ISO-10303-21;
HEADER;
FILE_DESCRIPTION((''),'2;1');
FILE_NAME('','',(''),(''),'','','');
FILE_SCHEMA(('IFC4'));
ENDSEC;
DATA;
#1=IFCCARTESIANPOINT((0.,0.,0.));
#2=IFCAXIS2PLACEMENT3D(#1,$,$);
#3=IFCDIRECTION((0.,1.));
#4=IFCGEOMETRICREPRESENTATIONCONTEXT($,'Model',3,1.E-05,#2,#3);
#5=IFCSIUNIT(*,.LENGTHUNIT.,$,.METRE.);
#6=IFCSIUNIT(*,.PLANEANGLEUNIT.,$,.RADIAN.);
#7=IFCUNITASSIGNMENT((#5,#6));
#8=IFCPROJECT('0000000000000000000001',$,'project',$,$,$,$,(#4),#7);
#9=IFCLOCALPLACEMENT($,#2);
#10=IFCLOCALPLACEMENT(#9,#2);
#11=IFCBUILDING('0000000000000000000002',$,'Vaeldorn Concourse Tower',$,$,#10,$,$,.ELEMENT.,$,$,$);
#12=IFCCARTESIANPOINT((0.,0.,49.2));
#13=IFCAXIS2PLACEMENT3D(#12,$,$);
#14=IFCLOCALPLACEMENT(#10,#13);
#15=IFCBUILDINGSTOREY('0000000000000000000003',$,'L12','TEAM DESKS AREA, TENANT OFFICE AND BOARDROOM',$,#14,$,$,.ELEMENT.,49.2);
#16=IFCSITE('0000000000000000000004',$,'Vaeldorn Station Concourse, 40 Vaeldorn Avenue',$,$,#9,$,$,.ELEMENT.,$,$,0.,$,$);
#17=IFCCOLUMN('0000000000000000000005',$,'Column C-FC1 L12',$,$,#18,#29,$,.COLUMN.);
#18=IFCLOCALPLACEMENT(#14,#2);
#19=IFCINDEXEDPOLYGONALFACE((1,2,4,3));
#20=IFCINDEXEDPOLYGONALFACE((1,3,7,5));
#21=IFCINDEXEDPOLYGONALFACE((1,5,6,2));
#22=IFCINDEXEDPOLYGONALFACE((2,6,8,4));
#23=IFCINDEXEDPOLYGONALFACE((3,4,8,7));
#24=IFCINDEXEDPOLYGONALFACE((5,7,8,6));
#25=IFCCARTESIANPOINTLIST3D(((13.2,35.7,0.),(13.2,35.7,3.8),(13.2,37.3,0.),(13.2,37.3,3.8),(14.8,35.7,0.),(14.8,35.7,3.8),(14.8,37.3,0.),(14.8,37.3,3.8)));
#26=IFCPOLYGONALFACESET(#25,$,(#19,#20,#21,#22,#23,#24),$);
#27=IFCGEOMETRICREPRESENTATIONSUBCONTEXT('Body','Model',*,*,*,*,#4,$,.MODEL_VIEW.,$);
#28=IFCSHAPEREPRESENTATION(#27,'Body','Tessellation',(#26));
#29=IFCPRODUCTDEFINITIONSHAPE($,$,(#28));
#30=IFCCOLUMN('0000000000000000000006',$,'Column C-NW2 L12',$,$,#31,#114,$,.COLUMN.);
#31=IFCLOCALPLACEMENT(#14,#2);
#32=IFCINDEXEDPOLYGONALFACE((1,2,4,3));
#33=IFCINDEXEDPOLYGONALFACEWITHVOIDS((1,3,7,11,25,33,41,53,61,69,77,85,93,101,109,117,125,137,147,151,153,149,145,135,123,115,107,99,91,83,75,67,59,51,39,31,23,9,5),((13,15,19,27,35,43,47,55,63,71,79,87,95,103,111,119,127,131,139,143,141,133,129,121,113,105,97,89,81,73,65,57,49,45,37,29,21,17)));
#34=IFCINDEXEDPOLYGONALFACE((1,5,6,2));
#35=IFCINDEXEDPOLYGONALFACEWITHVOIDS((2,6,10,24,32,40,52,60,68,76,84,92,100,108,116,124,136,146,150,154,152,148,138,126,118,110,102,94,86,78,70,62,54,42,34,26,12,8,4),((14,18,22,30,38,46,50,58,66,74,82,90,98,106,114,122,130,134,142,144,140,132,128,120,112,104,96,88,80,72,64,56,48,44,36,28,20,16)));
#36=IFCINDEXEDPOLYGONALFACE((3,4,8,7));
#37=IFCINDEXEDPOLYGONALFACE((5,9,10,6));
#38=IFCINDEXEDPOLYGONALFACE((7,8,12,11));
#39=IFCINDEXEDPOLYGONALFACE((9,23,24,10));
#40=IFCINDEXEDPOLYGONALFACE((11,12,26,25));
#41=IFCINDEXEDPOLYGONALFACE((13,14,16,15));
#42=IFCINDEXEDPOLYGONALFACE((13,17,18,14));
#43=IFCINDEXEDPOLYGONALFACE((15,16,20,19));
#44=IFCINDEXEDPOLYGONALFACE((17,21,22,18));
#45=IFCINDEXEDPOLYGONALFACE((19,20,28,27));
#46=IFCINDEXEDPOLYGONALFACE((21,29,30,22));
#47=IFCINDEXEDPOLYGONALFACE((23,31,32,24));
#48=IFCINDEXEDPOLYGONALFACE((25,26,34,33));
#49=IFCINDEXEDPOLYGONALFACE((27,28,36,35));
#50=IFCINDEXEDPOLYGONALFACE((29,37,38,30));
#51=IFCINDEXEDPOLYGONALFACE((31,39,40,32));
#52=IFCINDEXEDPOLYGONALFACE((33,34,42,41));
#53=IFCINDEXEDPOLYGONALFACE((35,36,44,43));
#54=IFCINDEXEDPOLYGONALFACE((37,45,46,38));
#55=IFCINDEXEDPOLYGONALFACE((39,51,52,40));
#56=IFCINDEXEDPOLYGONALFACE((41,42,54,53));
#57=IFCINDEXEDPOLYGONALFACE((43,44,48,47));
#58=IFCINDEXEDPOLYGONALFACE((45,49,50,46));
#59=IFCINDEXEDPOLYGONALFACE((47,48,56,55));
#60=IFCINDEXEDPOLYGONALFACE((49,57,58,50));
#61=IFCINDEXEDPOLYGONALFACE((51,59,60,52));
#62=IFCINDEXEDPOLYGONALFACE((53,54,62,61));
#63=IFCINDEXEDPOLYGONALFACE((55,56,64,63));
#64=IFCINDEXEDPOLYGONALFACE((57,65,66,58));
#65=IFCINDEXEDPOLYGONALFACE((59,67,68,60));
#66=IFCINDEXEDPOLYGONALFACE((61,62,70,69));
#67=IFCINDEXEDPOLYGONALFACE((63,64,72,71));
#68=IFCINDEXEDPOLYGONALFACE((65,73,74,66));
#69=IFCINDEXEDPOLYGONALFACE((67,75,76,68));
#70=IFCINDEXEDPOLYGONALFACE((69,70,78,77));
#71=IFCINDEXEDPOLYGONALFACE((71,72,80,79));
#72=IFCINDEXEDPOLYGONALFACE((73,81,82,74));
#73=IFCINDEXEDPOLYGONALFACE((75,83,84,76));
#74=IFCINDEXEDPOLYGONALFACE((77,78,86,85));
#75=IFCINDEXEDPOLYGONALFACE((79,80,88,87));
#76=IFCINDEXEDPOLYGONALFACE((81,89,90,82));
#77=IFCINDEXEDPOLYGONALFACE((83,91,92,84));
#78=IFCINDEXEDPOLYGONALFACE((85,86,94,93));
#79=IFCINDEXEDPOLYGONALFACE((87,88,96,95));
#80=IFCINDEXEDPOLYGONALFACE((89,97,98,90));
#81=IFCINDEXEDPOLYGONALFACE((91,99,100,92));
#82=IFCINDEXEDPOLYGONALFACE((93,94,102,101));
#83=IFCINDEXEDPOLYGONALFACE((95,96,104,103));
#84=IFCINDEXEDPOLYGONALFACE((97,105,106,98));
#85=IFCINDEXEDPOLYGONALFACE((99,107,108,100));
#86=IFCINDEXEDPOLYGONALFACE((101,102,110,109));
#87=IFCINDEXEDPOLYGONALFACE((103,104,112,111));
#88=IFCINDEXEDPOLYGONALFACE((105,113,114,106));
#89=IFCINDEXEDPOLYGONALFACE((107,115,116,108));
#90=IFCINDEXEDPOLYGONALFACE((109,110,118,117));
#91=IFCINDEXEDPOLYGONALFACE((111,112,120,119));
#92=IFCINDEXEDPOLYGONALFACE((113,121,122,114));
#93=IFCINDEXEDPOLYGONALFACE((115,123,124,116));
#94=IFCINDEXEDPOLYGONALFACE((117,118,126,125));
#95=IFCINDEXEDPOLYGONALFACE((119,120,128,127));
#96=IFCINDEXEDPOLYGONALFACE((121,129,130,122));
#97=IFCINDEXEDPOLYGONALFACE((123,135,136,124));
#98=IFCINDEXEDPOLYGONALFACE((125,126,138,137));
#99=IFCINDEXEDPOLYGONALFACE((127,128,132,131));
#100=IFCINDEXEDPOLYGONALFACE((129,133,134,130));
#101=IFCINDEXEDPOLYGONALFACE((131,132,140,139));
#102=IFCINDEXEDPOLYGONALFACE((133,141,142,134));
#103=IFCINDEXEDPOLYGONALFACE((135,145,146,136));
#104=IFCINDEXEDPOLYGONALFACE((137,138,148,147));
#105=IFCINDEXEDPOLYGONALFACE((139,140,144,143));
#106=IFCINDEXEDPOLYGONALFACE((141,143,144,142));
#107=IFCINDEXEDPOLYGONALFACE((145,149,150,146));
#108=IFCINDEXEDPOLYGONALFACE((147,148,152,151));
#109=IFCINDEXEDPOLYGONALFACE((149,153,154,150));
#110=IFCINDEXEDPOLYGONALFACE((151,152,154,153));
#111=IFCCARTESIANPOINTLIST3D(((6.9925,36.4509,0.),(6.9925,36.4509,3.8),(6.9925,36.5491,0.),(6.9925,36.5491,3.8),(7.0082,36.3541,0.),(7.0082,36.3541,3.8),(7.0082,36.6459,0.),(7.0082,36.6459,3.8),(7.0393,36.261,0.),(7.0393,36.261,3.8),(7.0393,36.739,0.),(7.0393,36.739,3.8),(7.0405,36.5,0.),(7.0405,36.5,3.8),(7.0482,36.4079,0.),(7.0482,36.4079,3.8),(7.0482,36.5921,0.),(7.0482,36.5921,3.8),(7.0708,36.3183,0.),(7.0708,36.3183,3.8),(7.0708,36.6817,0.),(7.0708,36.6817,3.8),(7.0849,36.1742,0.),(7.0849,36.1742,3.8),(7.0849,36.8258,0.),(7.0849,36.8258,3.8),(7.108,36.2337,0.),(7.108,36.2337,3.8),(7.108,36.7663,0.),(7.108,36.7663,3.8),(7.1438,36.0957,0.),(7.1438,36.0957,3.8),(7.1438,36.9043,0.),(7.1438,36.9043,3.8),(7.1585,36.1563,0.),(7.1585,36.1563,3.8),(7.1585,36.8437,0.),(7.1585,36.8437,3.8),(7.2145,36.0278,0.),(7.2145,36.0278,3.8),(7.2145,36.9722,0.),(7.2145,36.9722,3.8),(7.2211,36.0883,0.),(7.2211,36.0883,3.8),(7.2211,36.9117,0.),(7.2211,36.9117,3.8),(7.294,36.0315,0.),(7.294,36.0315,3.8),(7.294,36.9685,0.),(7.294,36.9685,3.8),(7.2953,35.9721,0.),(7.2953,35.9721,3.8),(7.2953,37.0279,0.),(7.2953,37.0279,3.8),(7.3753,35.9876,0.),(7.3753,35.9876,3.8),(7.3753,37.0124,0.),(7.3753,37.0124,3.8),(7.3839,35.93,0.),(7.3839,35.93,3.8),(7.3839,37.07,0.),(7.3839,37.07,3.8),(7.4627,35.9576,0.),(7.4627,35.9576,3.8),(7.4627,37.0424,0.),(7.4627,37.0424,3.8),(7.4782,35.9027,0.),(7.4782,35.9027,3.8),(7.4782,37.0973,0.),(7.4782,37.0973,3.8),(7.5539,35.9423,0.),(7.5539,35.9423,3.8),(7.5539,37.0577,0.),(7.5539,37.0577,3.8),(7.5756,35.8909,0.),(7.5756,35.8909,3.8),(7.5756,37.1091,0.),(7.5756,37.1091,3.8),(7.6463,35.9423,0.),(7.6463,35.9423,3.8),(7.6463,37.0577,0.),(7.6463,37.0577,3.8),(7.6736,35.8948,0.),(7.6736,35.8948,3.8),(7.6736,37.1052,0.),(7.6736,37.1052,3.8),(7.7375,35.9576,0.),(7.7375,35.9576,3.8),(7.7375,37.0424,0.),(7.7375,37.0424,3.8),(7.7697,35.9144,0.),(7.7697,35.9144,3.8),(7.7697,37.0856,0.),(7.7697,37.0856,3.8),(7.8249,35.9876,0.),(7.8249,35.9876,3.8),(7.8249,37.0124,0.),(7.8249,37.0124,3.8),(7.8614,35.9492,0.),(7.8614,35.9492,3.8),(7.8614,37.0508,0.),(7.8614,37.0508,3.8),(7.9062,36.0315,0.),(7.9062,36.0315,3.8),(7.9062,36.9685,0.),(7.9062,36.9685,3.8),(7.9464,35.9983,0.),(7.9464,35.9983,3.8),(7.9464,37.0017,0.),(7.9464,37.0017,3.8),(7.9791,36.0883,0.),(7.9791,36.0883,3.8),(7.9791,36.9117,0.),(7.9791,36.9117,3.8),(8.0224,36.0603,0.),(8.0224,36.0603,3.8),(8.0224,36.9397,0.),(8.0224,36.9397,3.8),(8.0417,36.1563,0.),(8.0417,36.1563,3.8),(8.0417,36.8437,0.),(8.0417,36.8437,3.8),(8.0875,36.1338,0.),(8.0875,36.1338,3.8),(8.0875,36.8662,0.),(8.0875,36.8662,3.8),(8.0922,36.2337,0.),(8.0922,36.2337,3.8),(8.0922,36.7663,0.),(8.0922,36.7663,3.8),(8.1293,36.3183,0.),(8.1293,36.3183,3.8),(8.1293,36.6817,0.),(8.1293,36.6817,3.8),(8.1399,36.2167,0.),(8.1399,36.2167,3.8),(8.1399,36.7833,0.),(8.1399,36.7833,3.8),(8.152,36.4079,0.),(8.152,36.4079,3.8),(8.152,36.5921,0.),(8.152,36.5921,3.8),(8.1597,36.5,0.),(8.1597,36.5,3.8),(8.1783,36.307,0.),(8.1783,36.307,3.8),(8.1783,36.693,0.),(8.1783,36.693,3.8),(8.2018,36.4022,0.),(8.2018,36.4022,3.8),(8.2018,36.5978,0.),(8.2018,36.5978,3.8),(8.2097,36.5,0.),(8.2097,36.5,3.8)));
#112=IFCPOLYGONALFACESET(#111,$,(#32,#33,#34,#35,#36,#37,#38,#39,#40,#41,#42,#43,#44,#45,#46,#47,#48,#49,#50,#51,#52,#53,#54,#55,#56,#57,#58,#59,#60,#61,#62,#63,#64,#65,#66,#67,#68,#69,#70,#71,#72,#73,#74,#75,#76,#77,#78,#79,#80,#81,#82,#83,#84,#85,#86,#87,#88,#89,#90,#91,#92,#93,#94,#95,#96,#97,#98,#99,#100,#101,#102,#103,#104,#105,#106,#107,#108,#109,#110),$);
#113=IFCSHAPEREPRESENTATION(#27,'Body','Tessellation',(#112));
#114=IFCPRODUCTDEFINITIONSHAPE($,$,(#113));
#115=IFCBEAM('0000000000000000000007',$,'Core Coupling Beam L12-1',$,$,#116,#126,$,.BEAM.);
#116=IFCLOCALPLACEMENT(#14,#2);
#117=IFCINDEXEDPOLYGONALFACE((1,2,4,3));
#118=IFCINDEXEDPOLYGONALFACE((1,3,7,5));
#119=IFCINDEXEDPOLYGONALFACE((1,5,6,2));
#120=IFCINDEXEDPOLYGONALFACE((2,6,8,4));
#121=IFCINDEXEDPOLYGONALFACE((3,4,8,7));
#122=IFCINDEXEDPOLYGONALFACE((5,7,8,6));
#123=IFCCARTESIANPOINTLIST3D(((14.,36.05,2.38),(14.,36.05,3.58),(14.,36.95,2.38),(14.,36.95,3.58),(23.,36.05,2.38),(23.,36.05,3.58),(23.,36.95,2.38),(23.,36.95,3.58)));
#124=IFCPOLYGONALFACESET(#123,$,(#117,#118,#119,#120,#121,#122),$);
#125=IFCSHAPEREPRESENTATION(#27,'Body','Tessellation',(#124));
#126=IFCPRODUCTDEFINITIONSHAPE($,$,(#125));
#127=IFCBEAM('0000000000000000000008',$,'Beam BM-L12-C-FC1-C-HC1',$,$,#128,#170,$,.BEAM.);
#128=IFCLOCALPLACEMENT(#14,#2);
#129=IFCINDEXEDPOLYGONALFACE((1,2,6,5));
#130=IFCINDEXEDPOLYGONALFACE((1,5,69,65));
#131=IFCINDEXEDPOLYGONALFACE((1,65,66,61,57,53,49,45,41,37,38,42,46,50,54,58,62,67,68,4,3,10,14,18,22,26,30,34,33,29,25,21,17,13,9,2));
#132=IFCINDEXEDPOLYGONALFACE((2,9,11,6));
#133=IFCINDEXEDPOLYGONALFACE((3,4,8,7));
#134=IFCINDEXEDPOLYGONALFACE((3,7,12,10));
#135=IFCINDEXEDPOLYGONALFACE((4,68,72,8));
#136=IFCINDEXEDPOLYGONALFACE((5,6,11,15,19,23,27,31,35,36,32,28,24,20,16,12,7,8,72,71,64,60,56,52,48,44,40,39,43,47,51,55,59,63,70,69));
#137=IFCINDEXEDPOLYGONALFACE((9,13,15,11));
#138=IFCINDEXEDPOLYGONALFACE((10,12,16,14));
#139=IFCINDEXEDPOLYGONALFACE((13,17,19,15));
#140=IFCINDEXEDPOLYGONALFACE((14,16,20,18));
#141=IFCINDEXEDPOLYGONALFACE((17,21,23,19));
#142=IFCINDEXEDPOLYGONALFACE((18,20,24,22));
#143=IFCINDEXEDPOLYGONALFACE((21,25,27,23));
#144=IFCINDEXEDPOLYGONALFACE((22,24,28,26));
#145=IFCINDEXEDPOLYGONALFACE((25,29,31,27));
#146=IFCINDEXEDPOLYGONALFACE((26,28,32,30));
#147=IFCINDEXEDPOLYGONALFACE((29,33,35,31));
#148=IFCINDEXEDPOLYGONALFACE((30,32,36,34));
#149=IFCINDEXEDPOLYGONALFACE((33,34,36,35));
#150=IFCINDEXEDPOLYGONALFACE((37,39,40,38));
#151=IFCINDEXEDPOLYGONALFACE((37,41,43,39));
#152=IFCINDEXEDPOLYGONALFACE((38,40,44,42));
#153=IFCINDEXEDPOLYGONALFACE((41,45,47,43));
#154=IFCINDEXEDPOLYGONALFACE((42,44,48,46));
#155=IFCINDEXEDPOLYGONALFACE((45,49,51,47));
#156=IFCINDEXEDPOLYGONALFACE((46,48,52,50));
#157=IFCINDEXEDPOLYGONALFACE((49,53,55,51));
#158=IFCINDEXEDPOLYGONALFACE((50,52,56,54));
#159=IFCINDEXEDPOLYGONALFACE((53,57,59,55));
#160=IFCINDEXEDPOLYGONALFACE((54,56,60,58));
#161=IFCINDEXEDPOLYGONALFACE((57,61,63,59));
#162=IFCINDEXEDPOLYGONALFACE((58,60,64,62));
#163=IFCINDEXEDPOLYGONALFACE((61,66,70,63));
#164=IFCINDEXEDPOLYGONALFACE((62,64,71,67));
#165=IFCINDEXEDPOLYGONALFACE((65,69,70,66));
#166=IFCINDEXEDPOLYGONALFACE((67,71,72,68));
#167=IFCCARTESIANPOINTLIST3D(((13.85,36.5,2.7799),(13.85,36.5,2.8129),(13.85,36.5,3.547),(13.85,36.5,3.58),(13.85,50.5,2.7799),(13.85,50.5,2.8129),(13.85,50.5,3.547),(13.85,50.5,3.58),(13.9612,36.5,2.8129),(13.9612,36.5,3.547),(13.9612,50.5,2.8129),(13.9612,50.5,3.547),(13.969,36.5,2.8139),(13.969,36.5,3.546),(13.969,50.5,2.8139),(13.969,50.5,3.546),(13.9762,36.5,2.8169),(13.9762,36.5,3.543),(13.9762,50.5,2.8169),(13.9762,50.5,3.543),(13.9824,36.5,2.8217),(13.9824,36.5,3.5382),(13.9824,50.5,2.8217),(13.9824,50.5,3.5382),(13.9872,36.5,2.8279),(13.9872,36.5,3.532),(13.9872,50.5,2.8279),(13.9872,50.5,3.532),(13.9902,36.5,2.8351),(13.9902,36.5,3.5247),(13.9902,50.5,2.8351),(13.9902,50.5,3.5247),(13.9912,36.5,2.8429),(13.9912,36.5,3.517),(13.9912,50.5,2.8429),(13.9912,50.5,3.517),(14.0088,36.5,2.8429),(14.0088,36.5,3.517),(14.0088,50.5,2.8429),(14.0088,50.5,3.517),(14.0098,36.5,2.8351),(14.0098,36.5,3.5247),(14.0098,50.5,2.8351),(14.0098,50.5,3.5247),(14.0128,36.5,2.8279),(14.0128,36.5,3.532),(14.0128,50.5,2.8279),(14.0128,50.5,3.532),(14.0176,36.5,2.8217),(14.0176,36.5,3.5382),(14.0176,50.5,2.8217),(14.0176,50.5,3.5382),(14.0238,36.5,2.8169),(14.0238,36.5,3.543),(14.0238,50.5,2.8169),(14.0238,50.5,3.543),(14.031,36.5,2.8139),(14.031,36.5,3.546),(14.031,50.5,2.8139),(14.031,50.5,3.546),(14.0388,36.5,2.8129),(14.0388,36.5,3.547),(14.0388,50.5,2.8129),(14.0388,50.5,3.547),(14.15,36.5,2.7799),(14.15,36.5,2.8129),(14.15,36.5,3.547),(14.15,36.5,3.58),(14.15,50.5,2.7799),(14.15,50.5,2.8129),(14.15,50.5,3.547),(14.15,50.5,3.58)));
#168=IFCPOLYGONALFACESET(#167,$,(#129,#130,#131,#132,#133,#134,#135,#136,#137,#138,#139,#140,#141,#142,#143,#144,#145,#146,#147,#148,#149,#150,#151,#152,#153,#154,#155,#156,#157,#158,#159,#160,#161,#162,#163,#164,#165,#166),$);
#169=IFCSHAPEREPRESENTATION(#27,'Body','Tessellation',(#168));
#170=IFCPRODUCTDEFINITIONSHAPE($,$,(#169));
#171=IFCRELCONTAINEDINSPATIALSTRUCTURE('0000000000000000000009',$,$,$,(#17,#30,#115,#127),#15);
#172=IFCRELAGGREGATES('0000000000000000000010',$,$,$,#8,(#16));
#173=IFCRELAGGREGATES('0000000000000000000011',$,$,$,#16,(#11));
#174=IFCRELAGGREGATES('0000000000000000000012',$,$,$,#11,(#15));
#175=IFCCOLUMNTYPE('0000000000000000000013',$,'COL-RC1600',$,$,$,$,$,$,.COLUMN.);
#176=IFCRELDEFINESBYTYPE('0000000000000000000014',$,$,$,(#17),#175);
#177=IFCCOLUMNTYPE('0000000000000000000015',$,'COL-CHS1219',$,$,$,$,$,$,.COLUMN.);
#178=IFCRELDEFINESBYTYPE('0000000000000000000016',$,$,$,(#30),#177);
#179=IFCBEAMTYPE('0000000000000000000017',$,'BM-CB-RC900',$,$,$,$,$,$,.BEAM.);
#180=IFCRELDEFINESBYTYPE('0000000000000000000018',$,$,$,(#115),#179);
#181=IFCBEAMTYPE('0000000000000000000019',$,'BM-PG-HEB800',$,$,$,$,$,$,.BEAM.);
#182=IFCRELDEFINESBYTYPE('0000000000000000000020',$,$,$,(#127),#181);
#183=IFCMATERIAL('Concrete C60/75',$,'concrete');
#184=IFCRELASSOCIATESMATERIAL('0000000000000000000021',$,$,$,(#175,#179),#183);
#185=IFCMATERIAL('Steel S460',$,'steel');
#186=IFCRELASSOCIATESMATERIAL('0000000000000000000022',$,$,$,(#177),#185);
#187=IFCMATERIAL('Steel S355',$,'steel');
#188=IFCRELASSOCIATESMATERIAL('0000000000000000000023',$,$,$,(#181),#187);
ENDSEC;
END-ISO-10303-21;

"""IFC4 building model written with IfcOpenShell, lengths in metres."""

from ifc_helpers import new_model, si_unit, direction, frame, origin, origin_2d, place, context, subcontext, project, spatial, rectangle, hollow_circle, i_section, extrude, source, transform, mapped, material, material_profile, profile_set, type_object, element, save


model = new_model("IFC4")

# Units and contexts
model_context = context("Model", 3, precision=1e-05, world=origin(), true_north=direction((0.0, 1.0)))
body_context = subcontext(model_context, "Body", "Model", "MODEL_VIEW")
ifc_project = project(units=[si_unit("LENGTHUNIT", "METRE"), si_unit("PLANEANGLEUNIT", "RADIAN")], contexts=[model_context])

# Site, building, storey
site_placement = place(None, origin())
site = spatial("IfcSite", under=ifc_project, at=site_placement, Name="Vaeldorn Station Concourse, 40 Vaeldorn Avenue", CompositionType="ELEMENT", RefElevation=0.0)
building_placement = place(site_placement, origin())
building = spatial("IfcBuilding", under=site, at=building_placement, Name="Vaeldorn Concourse Tower", CompositionType="ELEMENT")
storey_placement = place(building_placement, frame((0.0, 0.0, 49.2)))
storey = spatial("IfcBuildingStorey", under=building, at=storey_placement, Name="L12", Description="TEAM DESKS AREA, TENANT OFFICE AND BOARDROOM", CompositionType="ELEMENT", Elevation=49.2)

# Columns
ifc_material_1 = material(Name="Concrete C60/75", Category="concrete")
ifc_material_profile_1 = material_profile(ifc_material_1, rectangle(XDim=1.6001, YDim=1.6001, at=origin_2d()), Name="RC 1600x1600")
ifc_profile_set_1 = profile_set([ifc_material_profile_1], Name="Concrete C60/75")
column_type_1 = type_object("IfcColumnType", Name="COL-RC1600", PredefinedType="COLUMN", material=ifc_profile_set_1)
shared_shape_1 = source(origin(), body_context, "Body", "SweptSolid", [
    extrude(rectangle(XDim=1.6001, YDim=1.6001, at=origin_2d()), origin(), (0.0, 0.0, 1.0), 3.8),
])
column_1_placement = place(storey_placement, frame((14.0, 36.5, 0.0), z_axis=(0.0, 0.0, 1.0), x_axis=(1.0, 0.0, 0.0)))
element("IfcColumn", 1, at=column_1_placement, inside=storey, type_object=column_type_1, Name="Column C-FC1 L12", PredefinedType="COLUMN", context=body_context, shape_type="MappedRepresentation", body=[
    mapped(shared_shape_1, transform((0.0, 0.0, 0.0), scale=1.0)),
])
ifc_material_2 = material(Name="Steel S460", Category="steel")
ifc_material_profile_2 = material_profile(ifc_material_2, hollow_circle(Radius=0.6096, WallThickness=0.05, at=origin_2d()), Name="CHS 1219x50")
ifc_profile_set_2 = profile_set([ifc_material_profile_2], Name="Steel S460")
column_type_2 = type_object("IfcColumnType", Name="COL-CHS1219", PredefinedType="COLUMN", material=ifc_profile_set_2)
shared_shape_2 = source(origin(), body_context, "Body", "SweptSolid", [
    extrude(hollow_circle(Radius=0.6096, WallThickness=0.05, at=origin_2d()), origin(), (0.0, 0.0, 1.0), 3.8),
])
column_2_placement = place(storey_placement, frame((7.6001, 36.5, 0.0), z_axis=(0.0, 0.0, 1.0), x_axis=(1.0, 0.0, 0.0)))
element("IfcColumn", 2, at=column_2_placement, inside=storey, type_object=column_type_2, Name="Column C-NW2 L12", PredefinedType="COLUMN", context=body_context, shape_type="MappedRepresentation", body=[
    mapped(shared_shape_2, transform((0.0, 0.0, 0.0), scale=1.0)),
])

# Beams
ifc_material_profile_3 = material_profile(ifc_material_1, rectangle(XDim=0.8999, YDim=1.2, at=origin_2d()), Name="RC 900x1200")
ifc_profile_set_3 = profile_set([ifc_material_profile_3], Name="Concrete C60/75")
beam_type_1 = type_object("IfcBeamType", Name="BM-CB-RC900", PredefinedType="BEAM", material=ifc_profile_set_3)
shared_shape_3 = source(origin(), body_context, "Body", "SweptSolid", [
    extrude(rectangle(XDim=0.8999, YDim=1.2, at=origin_2d()), origin(), (0.0, 0.0, 1.0), 9.0),
])
beam_1_placement = place(storey_placement, frame((14.0, 36.5, 2.98), z_axis=(1.0, 0.0, 0.0), x_axis=(0.0, 1.0, 0.0)))
element("IfcBeam", 3, at=beam_1_placement, inside=storey, type_object=beam_type_1, Name="Core Coupling Beam L12-1", PredefinedType="BEAM", context=body_context, shape_type="MappedRepresentation", body=[
    mapped(shared_shape_3, transform((0.0, 0.0, 0.0), scale=1.0)),
])
ifc_material_3 = material(Name="Steel S355", Category="steel")
ifc_material_profile_4 = material_profile(ifc_material_3, i_section(OverallWidth=0.3, OverallDepth=0.8, WebThickness=0.0176, FlangeThickness=0.033, FilletRadius=0.03, at=origin_2d()), Name="HEB 800")
ifc_profile_set_4 = profile_set([ifc_material_profile_4], Name="Steel S355")
beam_type_2 = type_object("IfcBeamType", Name="BM-PG-HEB800", PredefinedType="BEAM", material=ifc_profile_set_4)
shared_shape_4 = source(origin(), body_context, "Body", "SweptSolid", [
    extrude(i_section(OverallWidth=0.3, OverallDepth=0.8, WebThickness=0.0176, FlangeThickness=0.033, FilletRadius=0.03, at=origin_2d()), origin(), (0.0, 0.0, 1.0), 14.0),
])
beam_2_placement = place(storey_placement, frame((14.0, 36.5, 3.1799), z_axis=(0.0, 1.0, 0.0), x_axis=(-1.0, 0.0, 0.0)))
element("IfcBeam", 4, at=beam_2_placement, inside=storey, type_object=beam_type_2, Name="Beam BM-L12-C-FC1-C-HC1", PredefinedType="BEAM", context=body_context, shape_type="MappedRepresentation", body=[
    mapped(shared_shape_4, transform((0.0, 0.0, 0.0), scale=1.0)),
])

save(model, "model.ifc")
